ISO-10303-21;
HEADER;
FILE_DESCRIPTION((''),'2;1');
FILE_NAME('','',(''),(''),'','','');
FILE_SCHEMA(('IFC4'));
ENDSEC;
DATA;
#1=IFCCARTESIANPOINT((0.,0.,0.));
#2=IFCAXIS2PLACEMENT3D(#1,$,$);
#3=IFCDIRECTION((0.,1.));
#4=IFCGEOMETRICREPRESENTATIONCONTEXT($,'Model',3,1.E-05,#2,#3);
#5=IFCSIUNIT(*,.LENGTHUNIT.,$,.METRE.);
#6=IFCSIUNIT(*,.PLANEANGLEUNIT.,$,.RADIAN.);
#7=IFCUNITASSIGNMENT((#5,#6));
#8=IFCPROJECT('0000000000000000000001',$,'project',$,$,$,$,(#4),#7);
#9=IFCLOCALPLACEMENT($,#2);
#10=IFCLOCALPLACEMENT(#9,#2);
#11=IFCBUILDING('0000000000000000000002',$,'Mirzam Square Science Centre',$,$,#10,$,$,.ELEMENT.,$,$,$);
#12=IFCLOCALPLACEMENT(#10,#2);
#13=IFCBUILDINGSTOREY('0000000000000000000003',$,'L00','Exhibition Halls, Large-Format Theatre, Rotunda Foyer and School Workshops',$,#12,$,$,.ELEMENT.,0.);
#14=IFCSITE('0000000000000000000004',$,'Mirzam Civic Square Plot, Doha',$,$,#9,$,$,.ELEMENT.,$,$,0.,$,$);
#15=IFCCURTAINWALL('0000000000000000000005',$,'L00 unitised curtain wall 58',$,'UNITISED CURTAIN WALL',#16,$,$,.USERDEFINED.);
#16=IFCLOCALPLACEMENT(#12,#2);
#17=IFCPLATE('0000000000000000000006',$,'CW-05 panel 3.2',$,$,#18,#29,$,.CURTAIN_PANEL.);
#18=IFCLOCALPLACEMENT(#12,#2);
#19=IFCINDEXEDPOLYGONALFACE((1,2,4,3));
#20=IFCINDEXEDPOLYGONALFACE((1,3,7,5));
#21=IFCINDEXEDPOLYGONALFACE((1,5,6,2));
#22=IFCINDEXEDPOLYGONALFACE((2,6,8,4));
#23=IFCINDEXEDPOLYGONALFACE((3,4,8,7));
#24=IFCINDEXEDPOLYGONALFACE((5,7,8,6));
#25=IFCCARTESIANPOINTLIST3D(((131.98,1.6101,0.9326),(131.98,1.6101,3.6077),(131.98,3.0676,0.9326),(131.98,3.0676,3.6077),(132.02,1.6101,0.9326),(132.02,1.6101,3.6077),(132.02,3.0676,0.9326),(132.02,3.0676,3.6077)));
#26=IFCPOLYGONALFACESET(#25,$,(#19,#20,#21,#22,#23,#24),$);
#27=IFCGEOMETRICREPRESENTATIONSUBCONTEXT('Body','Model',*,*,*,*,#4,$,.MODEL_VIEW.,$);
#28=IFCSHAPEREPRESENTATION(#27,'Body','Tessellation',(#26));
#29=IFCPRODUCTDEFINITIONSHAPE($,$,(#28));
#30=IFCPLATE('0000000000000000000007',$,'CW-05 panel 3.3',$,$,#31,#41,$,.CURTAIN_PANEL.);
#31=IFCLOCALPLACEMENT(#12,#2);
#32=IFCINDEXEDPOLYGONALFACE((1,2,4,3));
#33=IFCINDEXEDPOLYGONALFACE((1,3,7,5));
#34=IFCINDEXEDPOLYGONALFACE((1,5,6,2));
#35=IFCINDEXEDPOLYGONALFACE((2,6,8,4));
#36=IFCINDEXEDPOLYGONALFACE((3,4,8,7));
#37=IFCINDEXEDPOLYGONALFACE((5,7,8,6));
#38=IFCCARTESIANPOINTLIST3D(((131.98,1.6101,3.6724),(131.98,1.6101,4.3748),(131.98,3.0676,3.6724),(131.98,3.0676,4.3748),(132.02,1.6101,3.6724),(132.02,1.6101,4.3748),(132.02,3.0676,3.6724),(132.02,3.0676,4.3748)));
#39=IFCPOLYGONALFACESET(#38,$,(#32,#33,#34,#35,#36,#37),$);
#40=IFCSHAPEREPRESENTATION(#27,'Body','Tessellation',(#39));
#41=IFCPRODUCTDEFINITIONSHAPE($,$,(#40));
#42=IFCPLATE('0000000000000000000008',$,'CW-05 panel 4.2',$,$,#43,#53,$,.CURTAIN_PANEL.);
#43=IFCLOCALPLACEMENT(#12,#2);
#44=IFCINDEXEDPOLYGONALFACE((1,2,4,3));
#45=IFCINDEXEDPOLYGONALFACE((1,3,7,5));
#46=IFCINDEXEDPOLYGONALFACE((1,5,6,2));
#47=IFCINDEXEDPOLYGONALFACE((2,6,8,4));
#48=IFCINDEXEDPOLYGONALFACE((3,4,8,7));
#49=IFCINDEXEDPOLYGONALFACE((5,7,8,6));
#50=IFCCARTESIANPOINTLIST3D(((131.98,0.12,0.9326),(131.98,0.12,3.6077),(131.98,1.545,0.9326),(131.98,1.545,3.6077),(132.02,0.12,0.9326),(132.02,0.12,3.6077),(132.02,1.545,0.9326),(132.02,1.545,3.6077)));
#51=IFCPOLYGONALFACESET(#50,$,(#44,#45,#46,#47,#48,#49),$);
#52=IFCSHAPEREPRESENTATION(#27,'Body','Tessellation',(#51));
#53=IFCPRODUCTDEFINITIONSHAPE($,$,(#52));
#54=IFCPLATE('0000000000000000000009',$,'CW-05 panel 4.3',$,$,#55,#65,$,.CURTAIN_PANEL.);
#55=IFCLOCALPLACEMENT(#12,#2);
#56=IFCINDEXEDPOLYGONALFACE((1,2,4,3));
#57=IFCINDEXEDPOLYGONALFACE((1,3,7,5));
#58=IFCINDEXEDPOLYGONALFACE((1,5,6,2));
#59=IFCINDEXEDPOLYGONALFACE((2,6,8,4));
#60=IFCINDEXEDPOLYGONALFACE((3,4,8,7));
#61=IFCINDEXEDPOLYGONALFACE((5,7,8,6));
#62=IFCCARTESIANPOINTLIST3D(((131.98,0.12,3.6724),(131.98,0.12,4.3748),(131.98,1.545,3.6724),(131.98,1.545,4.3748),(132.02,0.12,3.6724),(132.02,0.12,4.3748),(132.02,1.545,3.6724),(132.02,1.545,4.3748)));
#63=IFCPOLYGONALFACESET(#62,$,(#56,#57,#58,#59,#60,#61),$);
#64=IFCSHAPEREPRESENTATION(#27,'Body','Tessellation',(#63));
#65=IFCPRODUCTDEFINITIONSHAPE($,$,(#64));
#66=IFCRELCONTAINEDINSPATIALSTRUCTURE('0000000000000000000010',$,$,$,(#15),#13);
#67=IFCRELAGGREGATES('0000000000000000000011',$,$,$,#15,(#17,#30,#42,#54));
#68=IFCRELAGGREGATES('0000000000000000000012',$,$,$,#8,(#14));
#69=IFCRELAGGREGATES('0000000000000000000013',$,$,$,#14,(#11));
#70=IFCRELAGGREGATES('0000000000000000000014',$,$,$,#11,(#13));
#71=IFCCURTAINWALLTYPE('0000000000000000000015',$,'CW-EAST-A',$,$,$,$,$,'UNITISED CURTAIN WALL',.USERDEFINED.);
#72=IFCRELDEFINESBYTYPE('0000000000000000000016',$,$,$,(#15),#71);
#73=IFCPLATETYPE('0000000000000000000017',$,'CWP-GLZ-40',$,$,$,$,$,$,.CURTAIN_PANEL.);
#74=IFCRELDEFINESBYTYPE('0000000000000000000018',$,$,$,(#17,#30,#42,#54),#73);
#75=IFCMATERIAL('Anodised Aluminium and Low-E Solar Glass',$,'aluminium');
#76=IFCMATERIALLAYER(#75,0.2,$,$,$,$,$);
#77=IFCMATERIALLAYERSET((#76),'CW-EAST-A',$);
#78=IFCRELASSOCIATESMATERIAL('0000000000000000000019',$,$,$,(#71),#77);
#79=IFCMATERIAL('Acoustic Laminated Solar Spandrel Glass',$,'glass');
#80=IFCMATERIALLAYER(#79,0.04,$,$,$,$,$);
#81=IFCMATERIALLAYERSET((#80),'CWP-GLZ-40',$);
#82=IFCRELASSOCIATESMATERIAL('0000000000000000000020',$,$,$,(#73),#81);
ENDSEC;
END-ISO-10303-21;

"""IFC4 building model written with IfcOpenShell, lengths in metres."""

from ifc_helpers import new_model, si_unit, direction, frame, origin, origin_2d, place, context, subcontext, project, spatial, rectangle, extrude, material, layer, layer_set, type_object, element, aggregate, save


model = new_model("IFC4")

# Units and contexts
model_context = context("Model", 3, precision=1e-05, world=origin(), true_north=direction((0.0, 1.0)))
body_context = subcontext(model_context, "Body", "Model", "MODEL_VIEW")
ifc_project = project(units=[si_unit("LENGTHUNIT", "METRE"), si_unit("PLANEANGLEUNIT", "RADIAN")], contexts=[model_context])

# Site, building, storey
site_placement = place(None, origin())
site = spatial("IfcSite", under=ifc_project, at=site_placement, Name="Mirzam Civic Square Plot, Doha", CompositionType="ELEMENT", RefElevation=0.0)
building_placement = place(site_placement, origin())
building = spatial("IfcBuilding", under=site, at=building_placement, Name="Mirzam Square Science Centre", CompositionType="ELEMENT")
storey_placement = place(building_placement, origin())
storey = spatial("IfcBuildingStorey", under=building, at=storey_placement, Name="L00", Description="Exhibition Halls, Large-Format Theatre, Rotunda Foyer and School Workshops", CompositionType="ELEMENT", Elevation=0.0)

# Curtain wall
ifc_material_1 = material(Name="Anodised Aluminium and Low-E Solar Glass", Category="aluminium")
ifc_layer_1 = layer(ifc_material_1, 0.2)
ifc_layer_set_1 = layer_set([ifc_layer_1], Name="CW-EAST-A")
curtain_wall_type = type_object("IfcCurtainWallType", Name="CW-EAST-A", ElementType="UNITISED CURTAIN WALL", PredefinedType="USERDEFINED", material=ifc_layer_set_1)
curtain_wall_placement = place(storey_placement, origin())
curtain_wall = element("IfcCurtainWall", 1, at=curtain_wall_placement, inside=storey, type_object=curtain_wall_type, Name="L00 unitised curtain wall 58", ObjectType="UNITISED CURTAIN WALL", PredefinedType="USERDEFINED")

# Plates
ifc_material_2 = material(Name="Acoustic Laminated Solar Spandrel Glass", Category="glass")
ifc_layer_2 = layer(ifc_material_2, 0.04)
ifc_layer_set_2 = layer_set([ifc_layer_2], Name="CWP-GLZ-40")
plate_type = type_object("IfcPlateType", Name="CWP-GLZ-40", PredefinedType="CURTAIN_PANEL", material=ifc_layer_set_2)
plate_1_placement = place(storey_placement, frame((132.0, 2.3389, 0.9326), z_axis=(0.0, 0.0, 1.0), x_axis=(0.0, -1.0, 0.0)))
plate_1 = element("IfcPlate", 2, at=plate_1_placement, type_object=plate_type, Name="CW-05 panel 3.2", PredefinedType="CURTAIN_PANEL", context=body_context, shape_type="SweptSolid", body=[
    extrude(rectangle(XDim=1.4575, YDim=0.04, at=origin_2d()), origin(), (0.0, 0.0, 1.0), 2.675),
])
plate_2_placement = place(storey_placement, frame((132.0, 2.3389, 3.6724), z_axis=(0.0, 0.0, 1.0), x_axis=(0.0, -1.0, 0.0)))
plate_2 = element("IfcPlate", 3, at=plate_2_placement, type_object=plate_type, Name="CW-05 panel 3.3", PredefinedType="CURTAIN_PANEL", context=body_context, shape_type="SweptSolid", body=[
    extrude(rectangle(XDim=1.4575, YDim=0.04, at=origin_2d()), origin(), (0.0, 0.0, 1.0), 0.7024),
])
plate_3_placement = place(storey_placement, frame((132.0, 0.8325, 0.9326), z_axis=(0.0, 0.0, 1.0), x_axis=(0.0, -1.0, 0.0)))
plate_3 = element("IfcPlate", 4, at=plate_3_placement, type_object=plate_type, Name="CW-05 panel 4.2", PredefinedType="CURTAIN_PANEL", context=body_context, shape_type="SweptSolid", body=[
    extrude(rectangle(XDim=1.425, YDim=0.04, at=origin_2d()), origin(), (0.0, 0.0, 1.0), 2.675),
])
plate_4_placement = place(storey_placement, frame((132.0, 0.8325, 3.6724), z_axis=(0.0, 0.0, 1.0), x_axis=(0.0, -1.0, 0.0)))
plate_4 = element("IfcPlate", 5, at=plate_4_placement, type_object=plate_type, Name="CW-05 panel 4.3", PredefinedType="CURTAIN_PANEL", context=body_context, shape_type="SweptSolid", body=[
    extrude(rectangle(XDim=1.425, YDim=0.04, at=origin_2d()), origin(), (0.0, 0.0, 1.0), 0.7024),
])
aggregate(curtain_wall, [plate_1, plate_2, plate_3, plate_4])

save(model, "model.ifc")
